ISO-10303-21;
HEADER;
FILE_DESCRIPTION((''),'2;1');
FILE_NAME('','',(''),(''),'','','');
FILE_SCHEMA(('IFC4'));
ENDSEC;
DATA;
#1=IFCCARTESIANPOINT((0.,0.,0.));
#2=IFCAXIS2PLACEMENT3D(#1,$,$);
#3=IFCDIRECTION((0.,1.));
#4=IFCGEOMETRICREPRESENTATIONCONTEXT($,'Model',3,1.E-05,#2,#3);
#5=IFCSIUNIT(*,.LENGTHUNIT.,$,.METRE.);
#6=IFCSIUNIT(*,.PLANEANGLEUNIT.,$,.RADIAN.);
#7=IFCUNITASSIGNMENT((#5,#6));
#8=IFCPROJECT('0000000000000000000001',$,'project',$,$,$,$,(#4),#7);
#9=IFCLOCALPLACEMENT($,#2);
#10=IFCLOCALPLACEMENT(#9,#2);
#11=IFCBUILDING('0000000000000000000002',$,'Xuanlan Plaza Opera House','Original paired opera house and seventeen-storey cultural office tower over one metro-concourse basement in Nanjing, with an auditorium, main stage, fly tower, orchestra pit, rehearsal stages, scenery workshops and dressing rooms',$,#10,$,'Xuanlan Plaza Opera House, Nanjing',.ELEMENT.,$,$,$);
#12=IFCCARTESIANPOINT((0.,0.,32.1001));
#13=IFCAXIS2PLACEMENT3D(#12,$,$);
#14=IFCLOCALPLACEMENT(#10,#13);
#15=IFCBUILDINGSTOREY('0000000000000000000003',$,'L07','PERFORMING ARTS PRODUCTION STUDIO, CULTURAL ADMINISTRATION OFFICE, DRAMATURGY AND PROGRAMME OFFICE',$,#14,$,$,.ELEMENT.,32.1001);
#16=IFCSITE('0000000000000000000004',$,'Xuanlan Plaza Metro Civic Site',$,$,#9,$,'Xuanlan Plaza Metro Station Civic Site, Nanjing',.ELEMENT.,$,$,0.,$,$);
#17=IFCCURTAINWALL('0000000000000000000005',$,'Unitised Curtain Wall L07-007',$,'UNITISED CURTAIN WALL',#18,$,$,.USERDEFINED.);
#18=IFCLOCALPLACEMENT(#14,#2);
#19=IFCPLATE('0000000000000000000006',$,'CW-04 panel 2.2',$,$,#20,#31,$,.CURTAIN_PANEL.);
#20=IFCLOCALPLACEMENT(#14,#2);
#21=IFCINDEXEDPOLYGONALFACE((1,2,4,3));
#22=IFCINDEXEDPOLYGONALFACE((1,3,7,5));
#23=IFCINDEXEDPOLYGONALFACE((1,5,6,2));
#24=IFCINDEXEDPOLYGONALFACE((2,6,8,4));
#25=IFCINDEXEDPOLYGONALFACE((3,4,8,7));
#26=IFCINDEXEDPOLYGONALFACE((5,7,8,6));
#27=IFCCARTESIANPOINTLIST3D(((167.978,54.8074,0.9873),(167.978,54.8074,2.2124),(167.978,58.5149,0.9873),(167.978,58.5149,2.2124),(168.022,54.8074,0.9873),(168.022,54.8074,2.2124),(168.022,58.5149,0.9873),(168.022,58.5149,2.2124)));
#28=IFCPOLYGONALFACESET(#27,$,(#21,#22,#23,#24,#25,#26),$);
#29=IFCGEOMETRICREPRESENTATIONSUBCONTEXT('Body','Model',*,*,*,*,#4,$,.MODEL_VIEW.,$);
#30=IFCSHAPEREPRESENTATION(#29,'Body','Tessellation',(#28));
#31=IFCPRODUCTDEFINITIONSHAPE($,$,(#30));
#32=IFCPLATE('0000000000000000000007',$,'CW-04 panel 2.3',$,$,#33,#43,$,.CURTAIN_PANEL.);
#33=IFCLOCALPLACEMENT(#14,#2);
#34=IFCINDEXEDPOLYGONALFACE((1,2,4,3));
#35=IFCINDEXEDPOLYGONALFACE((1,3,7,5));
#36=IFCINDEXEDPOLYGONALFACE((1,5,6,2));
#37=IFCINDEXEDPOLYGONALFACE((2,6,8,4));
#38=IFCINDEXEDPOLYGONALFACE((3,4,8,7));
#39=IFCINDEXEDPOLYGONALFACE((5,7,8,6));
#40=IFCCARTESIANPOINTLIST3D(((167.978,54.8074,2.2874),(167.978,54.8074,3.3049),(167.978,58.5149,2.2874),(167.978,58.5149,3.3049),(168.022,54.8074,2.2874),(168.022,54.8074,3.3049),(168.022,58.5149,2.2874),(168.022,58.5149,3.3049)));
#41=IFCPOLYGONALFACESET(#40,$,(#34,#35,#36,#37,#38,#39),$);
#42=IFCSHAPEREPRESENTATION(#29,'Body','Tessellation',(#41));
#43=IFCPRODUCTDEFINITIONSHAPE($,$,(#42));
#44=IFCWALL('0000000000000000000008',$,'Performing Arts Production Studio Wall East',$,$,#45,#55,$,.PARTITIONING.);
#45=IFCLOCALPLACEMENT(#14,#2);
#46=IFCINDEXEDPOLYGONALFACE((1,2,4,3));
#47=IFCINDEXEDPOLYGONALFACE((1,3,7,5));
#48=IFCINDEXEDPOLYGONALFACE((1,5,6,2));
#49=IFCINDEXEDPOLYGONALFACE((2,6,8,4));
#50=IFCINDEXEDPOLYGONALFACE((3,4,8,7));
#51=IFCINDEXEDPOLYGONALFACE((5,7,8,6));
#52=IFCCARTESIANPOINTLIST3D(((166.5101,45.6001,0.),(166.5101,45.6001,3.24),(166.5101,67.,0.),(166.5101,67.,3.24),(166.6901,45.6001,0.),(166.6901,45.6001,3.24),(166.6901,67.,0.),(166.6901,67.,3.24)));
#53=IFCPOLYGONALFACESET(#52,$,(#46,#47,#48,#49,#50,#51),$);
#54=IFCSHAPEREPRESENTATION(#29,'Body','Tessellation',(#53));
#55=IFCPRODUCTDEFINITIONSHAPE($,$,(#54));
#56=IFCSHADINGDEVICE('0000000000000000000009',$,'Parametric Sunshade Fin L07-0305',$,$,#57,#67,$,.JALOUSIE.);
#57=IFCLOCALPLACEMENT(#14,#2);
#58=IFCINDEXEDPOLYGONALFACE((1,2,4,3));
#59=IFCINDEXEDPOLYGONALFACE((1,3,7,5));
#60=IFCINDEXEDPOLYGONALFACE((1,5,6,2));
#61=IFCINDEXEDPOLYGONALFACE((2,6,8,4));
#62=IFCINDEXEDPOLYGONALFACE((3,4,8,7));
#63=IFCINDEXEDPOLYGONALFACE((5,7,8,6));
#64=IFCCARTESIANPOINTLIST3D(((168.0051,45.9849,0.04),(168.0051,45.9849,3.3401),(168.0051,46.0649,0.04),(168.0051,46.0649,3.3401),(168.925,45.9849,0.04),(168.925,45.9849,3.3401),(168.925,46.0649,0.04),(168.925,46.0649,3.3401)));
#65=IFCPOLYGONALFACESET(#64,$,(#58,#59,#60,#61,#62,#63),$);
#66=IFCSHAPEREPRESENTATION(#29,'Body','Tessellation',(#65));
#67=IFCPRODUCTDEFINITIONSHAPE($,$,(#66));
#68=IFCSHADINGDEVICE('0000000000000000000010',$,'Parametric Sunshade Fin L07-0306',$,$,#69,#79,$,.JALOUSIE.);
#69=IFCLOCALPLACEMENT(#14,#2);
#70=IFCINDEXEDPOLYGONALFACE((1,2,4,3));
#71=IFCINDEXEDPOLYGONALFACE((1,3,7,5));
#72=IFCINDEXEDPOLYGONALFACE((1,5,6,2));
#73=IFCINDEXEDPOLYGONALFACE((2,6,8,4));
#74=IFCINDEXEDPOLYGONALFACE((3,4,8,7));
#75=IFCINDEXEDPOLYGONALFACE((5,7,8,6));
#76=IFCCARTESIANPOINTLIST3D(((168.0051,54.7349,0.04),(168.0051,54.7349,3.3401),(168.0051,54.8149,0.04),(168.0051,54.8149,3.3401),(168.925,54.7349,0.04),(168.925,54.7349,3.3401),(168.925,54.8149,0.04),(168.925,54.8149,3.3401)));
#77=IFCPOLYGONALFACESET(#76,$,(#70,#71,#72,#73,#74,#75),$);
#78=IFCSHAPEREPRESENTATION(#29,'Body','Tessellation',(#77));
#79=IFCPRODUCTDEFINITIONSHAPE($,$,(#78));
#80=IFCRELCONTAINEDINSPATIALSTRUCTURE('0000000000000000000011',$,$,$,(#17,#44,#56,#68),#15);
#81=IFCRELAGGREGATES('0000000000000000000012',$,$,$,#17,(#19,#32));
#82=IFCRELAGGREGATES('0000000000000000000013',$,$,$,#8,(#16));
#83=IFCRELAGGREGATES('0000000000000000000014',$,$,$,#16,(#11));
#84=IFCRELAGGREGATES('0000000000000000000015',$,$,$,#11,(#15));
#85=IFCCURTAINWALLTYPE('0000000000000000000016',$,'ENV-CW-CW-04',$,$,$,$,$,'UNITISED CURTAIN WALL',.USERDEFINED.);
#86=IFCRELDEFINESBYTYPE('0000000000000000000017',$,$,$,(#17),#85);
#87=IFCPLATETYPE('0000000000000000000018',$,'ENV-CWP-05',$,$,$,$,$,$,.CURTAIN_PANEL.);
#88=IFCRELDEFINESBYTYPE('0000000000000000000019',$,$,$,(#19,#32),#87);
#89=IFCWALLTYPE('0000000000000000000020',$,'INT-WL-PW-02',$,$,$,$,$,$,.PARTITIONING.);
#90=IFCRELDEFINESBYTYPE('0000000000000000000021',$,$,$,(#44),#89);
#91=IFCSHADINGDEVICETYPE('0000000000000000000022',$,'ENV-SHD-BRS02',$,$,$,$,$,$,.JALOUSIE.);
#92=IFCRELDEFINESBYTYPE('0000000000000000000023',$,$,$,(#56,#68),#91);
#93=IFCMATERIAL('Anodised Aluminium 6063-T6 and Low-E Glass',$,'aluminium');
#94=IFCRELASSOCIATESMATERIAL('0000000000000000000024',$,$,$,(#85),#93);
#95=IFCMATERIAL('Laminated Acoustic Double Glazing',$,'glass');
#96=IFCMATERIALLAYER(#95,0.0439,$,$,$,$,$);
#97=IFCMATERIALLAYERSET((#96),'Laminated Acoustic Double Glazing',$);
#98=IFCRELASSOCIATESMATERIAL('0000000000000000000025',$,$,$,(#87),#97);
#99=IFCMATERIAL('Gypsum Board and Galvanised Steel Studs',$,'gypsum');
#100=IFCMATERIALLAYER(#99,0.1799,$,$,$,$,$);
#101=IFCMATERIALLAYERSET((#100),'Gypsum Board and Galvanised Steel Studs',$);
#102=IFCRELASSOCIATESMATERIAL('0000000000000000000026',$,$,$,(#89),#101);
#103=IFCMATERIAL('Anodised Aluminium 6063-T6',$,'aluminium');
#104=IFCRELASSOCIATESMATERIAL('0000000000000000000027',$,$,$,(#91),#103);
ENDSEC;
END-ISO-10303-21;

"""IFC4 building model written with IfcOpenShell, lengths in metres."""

from ifc_helpers import new_model, si_unit, direction, frame, frame_2d, origin, origin_2d, place, context, subcontext, project, spatial, rectangle, extrude, material, layer, layer_set, type_object, element, aggregate, save


model = new_model("IFC4")

# Units and contexts
model_context = context("Model", 3, precision=1e-05, world=origin(), true_north=direction((0.0, 1.0)))
body_context = subcontext(model_context, "Body", "Model", "MODEL_VIEW")
ifc_project = project(units=[si_unit("LENGTHUNIT", "METRE"), si_unit("PLANEANGLEUNIT", "RADIAN")], contexts=[model_context])

# Site, building, storey
site_placement = place(None, origin())
site = spatial("IfcSite", under=ifc_project, at=site_placement, Name="Xuanlan Plaza Metro Civic Site", LongName="Xuanlan Plaza Metro Station Civic Site, Nanjing", CompositionType="ELEMENT", RefElevation=0.0)
building_placement = place(site_placement, origin())
building = spatial("IfcBuilding", under=site, at=building_placement, Name="Xuanlan Plaza Opera House", Description="Original paired opera house and seventeen-storey cultural office tower over one metro-concourse basement in Nanjing, with an auditorium, main stage, fly tower, orchestra pit, rehearsal stages, scenery workshops and dressing rooms", LongName="Xuanlan Plaza Opera House, Nanjing", CompositionType="ELEMENT")
storey_placement = place(building_placement, frame((0.0, 0.0, 32.1001)))
storey = spatial("IfcBuildingStorey", under=building, at=storey_placement, Name="L07", Description="PERFORMING ARTS PRODUCTION STUDIO, CULTURAL ADMINISTRATION OFFICE, DRAMATURGY AND PROGRAMME OFFICE", CompositionType="ELEMENT", Elevation=32.1001)

# Curtain wall
ifc_material_1 = material(Name="Anodised Aluminium 6063-T6 and Low-E Glass", Category="aluminium")
curtain_wall_type_1 = type_object("IfcCurtainWallType", Name="ENV-CW-CW-04", ElementType="UNITISED CURTAIN WALL", PredefinedType="USERDEFINED", material=ifc_material_1)
curtain_wall_1_placement = place(storey_placement, origin())
curtain_wall_1 = element("IfcCurtainWall", 1, at=curtain_wall_1_placement, inside=storey, type_object=curtain_wall_type_1, Name="Unitised Curtain Wall L07-007", ObjectType="UNITISED CURTAIN WALL", PredefinedType="USERDEFINED")
ifc_material_2 = material(Name="Anodised Aluminium 6063-T6", Category="aluminium")

# Plates
ifc_material_3 = material(Name="Laminated Acoustic Double Glazing", Category="glass")
ifc_layer_1 = layer(ifc_material_3, 0.0439)
ifc_layer_set_1 = layer_set([ifc_layer_1], Name="Laminated Acoustic Double Glazing")
plate_type_1 = type_object("IfcPlateType", Name="ENV-CWP-05", PredefinedType="CURTAIN_PANEL", material=ifc_layer_set_1)
plate_1_placement = place(storey_placement, frame((168.0, 56.6611, 0.9873), z_axis=(0.0, 0.0, 1.0), x_axis=(0.0, 1.0, 0.0)))
plate_1 = element("IfcPlate", 2, at=plate_1_placement, type_object=plate_type_1, Name="CW-04 panel 2.2", PredefinedType="CURTAIN_PANEL", context=body_context, shape_type="SweptSolid", body=[
    extrude(rectangle(XDim=3.7075, YDim=0.0439, at=origin_2d()), origin(), (0.0, 0.0, 1.0), 1.2251),
])
plate_2_placement = place(storey_placement, frame((168.0, 56.6611, 2.2874), z_axis=(0.0, 0.0, 1.0), x_axis=(0.0, 1.0, 0.0)))
plate_2 = element("IfcPlate", 3, at=plate_2_placement, type_object=plate_type_1, Name="CW-04 panel 2.3", PredefinedType="CURTAIN_PANEL", context=body_context, shape_type="SweptSolid", body=[
    extrude(rectangle(XDim=3.7075, YDim=0.0439, at=origin_2d()), origin(), (0.0, 0.0, 1.0), 1.0176),
])
aggregate(curtain_wall_1, [plate_1, plate_2])

# Wall
ifc_material_4 = material(Name="Gypsum Board and Galvanised Steel Studs", Category="gypsum")
ifc_layer_2 = layer(ifc_material_4, 0.1799)
ifc_layer_set_2 = layer_set([ifc_layer_2], Name="Gypsum Board and Galvanised Steel Studs")
wall_type = type_object("IfcWallType", Name="INT-WL-PW-02", PredefinedType="PARTITIONING", material=ifc_layer_set_2)
wall_placement = place(storey_placement, frame((166.6001, 45.6001, 0.0), z_axis=(0.0, 0.0, 1.0), x_axis=(0.0, 1.0, 0.0)))
element("IfcWall", 4, at=wall_placement, inside=storey, type_object=wall_type, Name="Performing Arts Production Studio Wall East", PredefinedType="PARTITIONING", context=body_context, shape_type="SweptSolid", body=[
    extrude(rectangle(XDim=21.3999, YDim=0.1799, at=frame_2d((10.7, 0.0))), origin(), (0.0, 0.0, 1.0), 3.24),
])

# Shading devices
shading_device_type = type_object("IfcShadingDeviceType", Name="ENV-SHD-BRS02", PredefinedType="JALOUSIE", material=ifc_material_2)
for number, where, z_axis, x_axis, name in (
    (5, (168.4651, 46.0249, 0.04), (0.0, 0.0, 1.0), (1.0, 0.0, 0.0), "Parametric Sunshade Fin L07-0305"),
    (6, (168.4651, 54.7749, 0.04), (0.0, 0.0, 1.0), (1.0, 0.0, 0.0), "Parametric Sunshade Fin L07-0306"),
):
    element("IfcShadingDevice", number, at=place(storey_placement, frame(where, z_axis=z_axis, x_axis=x_axis)), inside=storey, type_object=shading_device_type, Name=name, PredefinedType="JALOUSIE", context=body_context, shape_type="SweptSolid", body=[
        extrude(rectangle(XDim=0.9199, YDim=0.0801, at=origin_2d()), origin(), (0.0, 0.0, 1.0), 3.3),
    ])

save(model, "model.ifc")
